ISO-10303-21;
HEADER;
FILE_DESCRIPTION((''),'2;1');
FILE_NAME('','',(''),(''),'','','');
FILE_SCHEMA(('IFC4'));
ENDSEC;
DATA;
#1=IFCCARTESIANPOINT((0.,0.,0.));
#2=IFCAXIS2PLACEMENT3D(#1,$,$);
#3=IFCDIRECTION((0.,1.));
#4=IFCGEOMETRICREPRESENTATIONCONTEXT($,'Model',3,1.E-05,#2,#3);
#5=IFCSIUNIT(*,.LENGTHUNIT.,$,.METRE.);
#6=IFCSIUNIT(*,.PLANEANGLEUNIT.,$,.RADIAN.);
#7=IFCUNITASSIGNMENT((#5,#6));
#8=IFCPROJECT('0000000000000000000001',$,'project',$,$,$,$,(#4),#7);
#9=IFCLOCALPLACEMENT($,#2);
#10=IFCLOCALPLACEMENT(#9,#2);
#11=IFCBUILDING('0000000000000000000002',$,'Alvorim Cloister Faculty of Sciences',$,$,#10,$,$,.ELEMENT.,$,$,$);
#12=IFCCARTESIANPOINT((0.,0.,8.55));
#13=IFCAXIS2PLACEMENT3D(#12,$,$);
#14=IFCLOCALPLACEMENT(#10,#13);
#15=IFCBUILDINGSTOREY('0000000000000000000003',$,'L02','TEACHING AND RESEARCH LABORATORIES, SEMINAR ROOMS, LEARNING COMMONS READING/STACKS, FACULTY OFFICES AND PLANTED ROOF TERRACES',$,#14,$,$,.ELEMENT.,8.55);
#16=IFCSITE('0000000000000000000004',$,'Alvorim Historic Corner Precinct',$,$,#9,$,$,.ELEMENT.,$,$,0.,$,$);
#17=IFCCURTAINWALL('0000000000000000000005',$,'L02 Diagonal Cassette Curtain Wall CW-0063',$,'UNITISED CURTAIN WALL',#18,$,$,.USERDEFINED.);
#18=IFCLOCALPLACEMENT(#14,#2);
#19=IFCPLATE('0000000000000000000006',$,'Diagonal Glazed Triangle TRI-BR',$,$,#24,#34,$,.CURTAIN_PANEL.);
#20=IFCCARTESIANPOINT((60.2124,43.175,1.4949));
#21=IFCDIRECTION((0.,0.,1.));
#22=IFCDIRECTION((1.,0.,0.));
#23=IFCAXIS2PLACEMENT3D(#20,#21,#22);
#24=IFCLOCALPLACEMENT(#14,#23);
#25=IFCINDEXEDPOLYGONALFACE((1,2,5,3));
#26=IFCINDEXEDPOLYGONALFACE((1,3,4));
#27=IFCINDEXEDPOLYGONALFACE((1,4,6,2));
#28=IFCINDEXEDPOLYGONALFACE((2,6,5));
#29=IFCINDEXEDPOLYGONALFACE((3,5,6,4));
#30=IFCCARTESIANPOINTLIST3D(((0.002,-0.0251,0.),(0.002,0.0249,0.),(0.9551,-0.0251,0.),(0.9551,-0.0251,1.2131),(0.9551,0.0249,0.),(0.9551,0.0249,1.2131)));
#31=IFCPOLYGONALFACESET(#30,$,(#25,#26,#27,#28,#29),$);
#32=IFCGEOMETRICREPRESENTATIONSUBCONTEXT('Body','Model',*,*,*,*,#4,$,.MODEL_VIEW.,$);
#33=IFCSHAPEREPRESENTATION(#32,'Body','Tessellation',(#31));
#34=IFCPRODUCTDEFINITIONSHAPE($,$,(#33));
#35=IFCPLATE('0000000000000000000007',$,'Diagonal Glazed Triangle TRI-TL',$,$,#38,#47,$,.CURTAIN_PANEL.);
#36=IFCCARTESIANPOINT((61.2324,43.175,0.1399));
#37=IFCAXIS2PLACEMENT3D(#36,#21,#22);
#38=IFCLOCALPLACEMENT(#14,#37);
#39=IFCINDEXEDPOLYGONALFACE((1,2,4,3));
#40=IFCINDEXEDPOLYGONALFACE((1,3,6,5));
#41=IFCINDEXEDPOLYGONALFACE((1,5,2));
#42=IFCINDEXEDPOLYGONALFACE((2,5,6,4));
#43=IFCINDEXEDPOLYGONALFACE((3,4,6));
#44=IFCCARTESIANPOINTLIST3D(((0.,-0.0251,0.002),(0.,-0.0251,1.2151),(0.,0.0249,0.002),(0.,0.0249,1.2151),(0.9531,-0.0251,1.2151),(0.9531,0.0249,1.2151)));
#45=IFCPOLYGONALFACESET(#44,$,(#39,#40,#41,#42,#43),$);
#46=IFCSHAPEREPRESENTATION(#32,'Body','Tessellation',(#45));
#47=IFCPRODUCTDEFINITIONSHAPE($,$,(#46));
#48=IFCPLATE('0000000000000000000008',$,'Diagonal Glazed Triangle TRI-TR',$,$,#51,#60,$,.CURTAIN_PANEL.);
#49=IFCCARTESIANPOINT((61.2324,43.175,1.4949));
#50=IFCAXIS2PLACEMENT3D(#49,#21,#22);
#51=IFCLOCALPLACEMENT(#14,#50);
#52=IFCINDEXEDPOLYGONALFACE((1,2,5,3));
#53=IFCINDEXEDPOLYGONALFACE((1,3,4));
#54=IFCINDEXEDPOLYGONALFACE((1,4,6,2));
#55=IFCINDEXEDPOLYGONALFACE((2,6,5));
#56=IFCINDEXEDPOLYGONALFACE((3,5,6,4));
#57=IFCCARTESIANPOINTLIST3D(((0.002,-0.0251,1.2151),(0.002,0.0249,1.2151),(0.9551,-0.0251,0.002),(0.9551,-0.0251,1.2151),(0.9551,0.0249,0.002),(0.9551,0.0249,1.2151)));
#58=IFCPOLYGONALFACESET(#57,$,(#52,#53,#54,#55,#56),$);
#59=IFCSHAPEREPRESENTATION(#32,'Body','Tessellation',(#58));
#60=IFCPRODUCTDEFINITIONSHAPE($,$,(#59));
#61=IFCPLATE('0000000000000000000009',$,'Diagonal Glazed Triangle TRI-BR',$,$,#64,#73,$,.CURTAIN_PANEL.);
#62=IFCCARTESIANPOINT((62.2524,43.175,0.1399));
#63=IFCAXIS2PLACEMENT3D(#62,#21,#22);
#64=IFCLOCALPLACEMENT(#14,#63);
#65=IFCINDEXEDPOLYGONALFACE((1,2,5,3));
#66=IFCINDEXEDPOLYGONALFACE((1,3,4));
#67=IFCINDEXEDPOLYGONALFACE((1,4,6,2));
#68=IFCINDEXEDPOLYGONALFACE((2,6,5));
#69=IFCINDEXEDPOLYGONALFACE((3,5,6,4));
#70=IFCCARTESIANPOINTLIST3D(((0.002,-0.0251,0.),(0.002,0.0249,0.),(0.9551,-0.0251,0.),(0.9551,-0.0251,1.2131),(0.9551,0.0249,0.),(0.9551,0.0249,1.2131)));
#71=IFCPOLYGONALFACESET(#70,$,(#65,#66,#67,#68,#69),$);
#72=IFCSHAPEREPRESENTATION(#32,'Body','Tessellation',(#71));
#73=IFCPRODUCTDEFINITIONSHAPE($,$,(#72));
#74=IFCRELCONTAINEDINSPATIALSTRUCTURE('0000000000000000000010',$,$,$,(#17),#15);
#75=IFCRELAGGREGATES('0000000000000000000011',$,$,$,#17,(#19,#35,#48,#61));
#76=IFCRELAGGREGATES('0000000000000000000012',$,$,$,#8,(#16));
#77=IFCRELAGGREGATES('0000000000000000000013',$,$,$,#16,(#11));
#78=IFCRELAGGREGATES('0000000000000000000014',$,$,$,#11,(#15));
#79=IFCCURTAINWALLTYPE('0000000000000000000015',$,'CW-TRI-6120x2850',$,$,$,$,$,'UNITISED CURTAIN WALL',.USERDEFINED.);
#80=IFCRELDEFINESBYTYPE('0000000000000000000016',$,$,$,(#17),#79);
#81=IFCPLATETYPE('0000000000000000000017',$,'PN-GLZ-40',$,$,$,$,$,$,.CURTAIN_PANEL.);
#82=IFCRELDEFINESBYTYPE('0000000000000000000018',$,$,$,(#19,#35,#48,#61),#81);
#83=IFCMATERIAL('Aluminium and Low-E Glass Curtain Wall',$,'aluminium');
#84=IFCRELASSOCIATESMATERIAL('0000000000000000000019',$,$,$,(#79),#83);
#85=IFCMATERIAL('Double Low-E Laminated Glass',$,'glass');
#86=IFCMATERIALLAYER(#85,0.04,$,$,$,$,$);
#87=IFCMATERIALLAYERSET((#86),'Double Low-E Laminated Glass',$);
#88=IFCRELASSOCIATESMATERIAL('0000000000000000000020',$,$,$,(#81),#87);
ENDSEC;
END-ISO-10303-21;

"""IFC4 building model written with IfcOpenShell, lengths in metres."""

from ifc_helpers import new_model, si_unit, direction, frame, origin, place, context, subcontext, project, spatial, polyline, outline, extrude, material, layer, layer_set, type_object, element, aggregate, save


model = new_model("IFC4")

# Units and contexts
model_context = context("Model", 3, precision=1e-05, world=origin(), true_north=direction((0.0, 1.0)))
body_context = subcontext(model_context, "Body", "Model", "MODEL_VIEW")
ifc_project = project(units=[si_unit("LENGTHUNIT", "METRE"), si_unit("PLANEANGLEUNIT", "RADIAN")], contexts=[model_context])

# Site, building, storey
site_placement = place(None, origin())
site = spatial("IfcSite", under=ifc_project, at=site_placement, Name="Alvorim Historic Corner Precinct", CompositionType="ELEMENT", RefElevation=0.0)
building_placement = place(site_placement, origin())
building = spatial("IfcBuilding", under=site, at=building_placement, Name="Alvorim Cloister Faculty of Sciences", CompositionType="ELEMENT")
storey_placement = place(building_placement, frame((0.0, 0.0, 8.55)))
storey = spatial("IfcBuildingStorey", under=building, at=storey_placement, Name="L02", Description="TEACHING AND RESEARCH LABORATORIES, SEMINAR ROOMS, LEARNING COMMONS READING/STACKS, FACULTY OFFICES AND PLANTED ROOF TERRACES", CompositionType="ELEMENT", Elevation=8.55)

# Curtain wall, plates
ifc_material_1 = material(Name="Aluminium and Low-E Glass Curtain Wall", Category="aluminium")
curtain_wall_type = type_object("IfcCurtainWallType", Name="CW-TRI-6120x2850", ElementType="UNITISED CURTAIN WALL", PredefinedType="USERDEFINED", material=ifc_material_1)
curtain_wall_placement = place(storey_placement, origin())
curtain_wall = element("IfcCurtainWall", 1, at=curtain_wall_placement, inside=storey, type_object=curtain_wall_type, Name="L02 Diagonal Cassette Curtain Wall CW-0063", ObjectType="UNITISED CURTAIN WALL", PredefinedType="USERDEFINED")
ifc_material_2 = material(Name="Double Low-E Laminated Glass", Category="glass")
ifc_layer = layer(ifc_material_2, 0.04)
ifc_layer_set = layer_set([ifc_layer], Name="Double Low-E Laminated Glass")
plate_type = type_object("IfcPlateType", Name="PN-GLZ-40", PredefinedType="CURTAIN_PANEL", material=ifc_layer_set)
plate_1_placement = place(storey_placement, frame((60.2124, 43.175, 1.4949), z_axis=(0.0, 0.0, 1.0), x_axis=(1.0, 0.0, 0.0)))
plate_1 = element("IfcPlate", 2, at=plate_1_placement, type_object=plate_type, Name="Diagonal Glazed Triangle TRI-BR", PredefinedType="CURTAIN_PANEL", context=body_context, shape_type="SweptSolid", body=[
    extrude(outline(polyline([(0.002, 0.0), (0.9551, 0.0), (0.9551, 1.2131), (0.002, 0.0)])), frame((0.0, 0.0249, 0.0), z_axis=(0.0, -1.0, 0.0), x_axis=(1.0, 0.0, 0.0)), (0.0, 0.0, 1.0), 0.05),
])
plate_2_placement = place(storey_placement, frame((61.2324, 43.175, 0.1399), z_axis=(0.0, 0.0, 1.0), x_axis=(1.0, 0.0, 0.0)))
plate_2 = element("IfcPlate", 3, at=plate_2_placement, type_object=plate_type, Name="Diagonal Glazed Triangle TRI-TL", PredefinedType="CURTAIN_PANEL", context=body_context, shape_type="SweptSolid", body=[
    extrude(outline(polyline([(0.9531, 1.2151), (0.0, 1.2151), (0.0, 0.002), (0.9531, 1.2151)])), frame((0.0, 0.0249, 0.0), z_axis=(0.0, -1.0, 0.0), x_axis=(1.0, 0.0, 0.0)), (0.0, 0.0, 1.0), 0.05),
])
plate_3_placement = place(storey_placement, frame((61.2324, 43.175, 1.4949), z_axis=(0.0, 0.0, 1.0), x_axis=(1.0, 0.0, 0.0)))
plate_3 = element("IfcPlate", 4, at=plate_3_placement, type_object=plate_type, Name="Diagonal Glazed Triangle TRI-TR", PredefinedType="CURTAIN_PANEL", context=body_context, shape_type="SweptSolid", body=[
    extrude(outline(polyline([(0.9551, 0.002), (0.9551, 1.2151), (0.002, 1.2151), (0.9551, 0.002)])), frame((0.0, 0.0249, 0.0), z_axis=(0.0, -1.0, 0.0), x_axis=(1.0, 0.0, 0.0)), (0.0, 0.0, 1.0), 0.05),
])
plate_4_placement = place(storey_placement, frame((62.2524, 43.175, 0.1399), z_axis=(0.0, 0.0, 1.0), x_axis=(1.0, 0.0, 0.0)))
plate_4 = element("IfcPlate", 5, at=plate_4_placement, type_object=plate_type, Name="Diagonal Glazed Triangle TRI-BR", PredefinedType="CURTAIN_PANEL", context=body_context, shape_type="SweptSolid", body=[
    extrude(outline(polyline([(0.002, 0.0), (0.9551, 0.0), (0.9551, 1.2131), (0.002, 0.0)])), frame((0.0, 0.0249, 0.0), z_axis=(0.0, -1.0, 0.0), x_axis=(1.0, 0.0, 0.0)), (0.0, 0.0, 1.0), 0.05),
])
aggregate(curtain_wall, [plate_1, plate_2, plate_3, plate_4])

save(model, "model.ifc")
